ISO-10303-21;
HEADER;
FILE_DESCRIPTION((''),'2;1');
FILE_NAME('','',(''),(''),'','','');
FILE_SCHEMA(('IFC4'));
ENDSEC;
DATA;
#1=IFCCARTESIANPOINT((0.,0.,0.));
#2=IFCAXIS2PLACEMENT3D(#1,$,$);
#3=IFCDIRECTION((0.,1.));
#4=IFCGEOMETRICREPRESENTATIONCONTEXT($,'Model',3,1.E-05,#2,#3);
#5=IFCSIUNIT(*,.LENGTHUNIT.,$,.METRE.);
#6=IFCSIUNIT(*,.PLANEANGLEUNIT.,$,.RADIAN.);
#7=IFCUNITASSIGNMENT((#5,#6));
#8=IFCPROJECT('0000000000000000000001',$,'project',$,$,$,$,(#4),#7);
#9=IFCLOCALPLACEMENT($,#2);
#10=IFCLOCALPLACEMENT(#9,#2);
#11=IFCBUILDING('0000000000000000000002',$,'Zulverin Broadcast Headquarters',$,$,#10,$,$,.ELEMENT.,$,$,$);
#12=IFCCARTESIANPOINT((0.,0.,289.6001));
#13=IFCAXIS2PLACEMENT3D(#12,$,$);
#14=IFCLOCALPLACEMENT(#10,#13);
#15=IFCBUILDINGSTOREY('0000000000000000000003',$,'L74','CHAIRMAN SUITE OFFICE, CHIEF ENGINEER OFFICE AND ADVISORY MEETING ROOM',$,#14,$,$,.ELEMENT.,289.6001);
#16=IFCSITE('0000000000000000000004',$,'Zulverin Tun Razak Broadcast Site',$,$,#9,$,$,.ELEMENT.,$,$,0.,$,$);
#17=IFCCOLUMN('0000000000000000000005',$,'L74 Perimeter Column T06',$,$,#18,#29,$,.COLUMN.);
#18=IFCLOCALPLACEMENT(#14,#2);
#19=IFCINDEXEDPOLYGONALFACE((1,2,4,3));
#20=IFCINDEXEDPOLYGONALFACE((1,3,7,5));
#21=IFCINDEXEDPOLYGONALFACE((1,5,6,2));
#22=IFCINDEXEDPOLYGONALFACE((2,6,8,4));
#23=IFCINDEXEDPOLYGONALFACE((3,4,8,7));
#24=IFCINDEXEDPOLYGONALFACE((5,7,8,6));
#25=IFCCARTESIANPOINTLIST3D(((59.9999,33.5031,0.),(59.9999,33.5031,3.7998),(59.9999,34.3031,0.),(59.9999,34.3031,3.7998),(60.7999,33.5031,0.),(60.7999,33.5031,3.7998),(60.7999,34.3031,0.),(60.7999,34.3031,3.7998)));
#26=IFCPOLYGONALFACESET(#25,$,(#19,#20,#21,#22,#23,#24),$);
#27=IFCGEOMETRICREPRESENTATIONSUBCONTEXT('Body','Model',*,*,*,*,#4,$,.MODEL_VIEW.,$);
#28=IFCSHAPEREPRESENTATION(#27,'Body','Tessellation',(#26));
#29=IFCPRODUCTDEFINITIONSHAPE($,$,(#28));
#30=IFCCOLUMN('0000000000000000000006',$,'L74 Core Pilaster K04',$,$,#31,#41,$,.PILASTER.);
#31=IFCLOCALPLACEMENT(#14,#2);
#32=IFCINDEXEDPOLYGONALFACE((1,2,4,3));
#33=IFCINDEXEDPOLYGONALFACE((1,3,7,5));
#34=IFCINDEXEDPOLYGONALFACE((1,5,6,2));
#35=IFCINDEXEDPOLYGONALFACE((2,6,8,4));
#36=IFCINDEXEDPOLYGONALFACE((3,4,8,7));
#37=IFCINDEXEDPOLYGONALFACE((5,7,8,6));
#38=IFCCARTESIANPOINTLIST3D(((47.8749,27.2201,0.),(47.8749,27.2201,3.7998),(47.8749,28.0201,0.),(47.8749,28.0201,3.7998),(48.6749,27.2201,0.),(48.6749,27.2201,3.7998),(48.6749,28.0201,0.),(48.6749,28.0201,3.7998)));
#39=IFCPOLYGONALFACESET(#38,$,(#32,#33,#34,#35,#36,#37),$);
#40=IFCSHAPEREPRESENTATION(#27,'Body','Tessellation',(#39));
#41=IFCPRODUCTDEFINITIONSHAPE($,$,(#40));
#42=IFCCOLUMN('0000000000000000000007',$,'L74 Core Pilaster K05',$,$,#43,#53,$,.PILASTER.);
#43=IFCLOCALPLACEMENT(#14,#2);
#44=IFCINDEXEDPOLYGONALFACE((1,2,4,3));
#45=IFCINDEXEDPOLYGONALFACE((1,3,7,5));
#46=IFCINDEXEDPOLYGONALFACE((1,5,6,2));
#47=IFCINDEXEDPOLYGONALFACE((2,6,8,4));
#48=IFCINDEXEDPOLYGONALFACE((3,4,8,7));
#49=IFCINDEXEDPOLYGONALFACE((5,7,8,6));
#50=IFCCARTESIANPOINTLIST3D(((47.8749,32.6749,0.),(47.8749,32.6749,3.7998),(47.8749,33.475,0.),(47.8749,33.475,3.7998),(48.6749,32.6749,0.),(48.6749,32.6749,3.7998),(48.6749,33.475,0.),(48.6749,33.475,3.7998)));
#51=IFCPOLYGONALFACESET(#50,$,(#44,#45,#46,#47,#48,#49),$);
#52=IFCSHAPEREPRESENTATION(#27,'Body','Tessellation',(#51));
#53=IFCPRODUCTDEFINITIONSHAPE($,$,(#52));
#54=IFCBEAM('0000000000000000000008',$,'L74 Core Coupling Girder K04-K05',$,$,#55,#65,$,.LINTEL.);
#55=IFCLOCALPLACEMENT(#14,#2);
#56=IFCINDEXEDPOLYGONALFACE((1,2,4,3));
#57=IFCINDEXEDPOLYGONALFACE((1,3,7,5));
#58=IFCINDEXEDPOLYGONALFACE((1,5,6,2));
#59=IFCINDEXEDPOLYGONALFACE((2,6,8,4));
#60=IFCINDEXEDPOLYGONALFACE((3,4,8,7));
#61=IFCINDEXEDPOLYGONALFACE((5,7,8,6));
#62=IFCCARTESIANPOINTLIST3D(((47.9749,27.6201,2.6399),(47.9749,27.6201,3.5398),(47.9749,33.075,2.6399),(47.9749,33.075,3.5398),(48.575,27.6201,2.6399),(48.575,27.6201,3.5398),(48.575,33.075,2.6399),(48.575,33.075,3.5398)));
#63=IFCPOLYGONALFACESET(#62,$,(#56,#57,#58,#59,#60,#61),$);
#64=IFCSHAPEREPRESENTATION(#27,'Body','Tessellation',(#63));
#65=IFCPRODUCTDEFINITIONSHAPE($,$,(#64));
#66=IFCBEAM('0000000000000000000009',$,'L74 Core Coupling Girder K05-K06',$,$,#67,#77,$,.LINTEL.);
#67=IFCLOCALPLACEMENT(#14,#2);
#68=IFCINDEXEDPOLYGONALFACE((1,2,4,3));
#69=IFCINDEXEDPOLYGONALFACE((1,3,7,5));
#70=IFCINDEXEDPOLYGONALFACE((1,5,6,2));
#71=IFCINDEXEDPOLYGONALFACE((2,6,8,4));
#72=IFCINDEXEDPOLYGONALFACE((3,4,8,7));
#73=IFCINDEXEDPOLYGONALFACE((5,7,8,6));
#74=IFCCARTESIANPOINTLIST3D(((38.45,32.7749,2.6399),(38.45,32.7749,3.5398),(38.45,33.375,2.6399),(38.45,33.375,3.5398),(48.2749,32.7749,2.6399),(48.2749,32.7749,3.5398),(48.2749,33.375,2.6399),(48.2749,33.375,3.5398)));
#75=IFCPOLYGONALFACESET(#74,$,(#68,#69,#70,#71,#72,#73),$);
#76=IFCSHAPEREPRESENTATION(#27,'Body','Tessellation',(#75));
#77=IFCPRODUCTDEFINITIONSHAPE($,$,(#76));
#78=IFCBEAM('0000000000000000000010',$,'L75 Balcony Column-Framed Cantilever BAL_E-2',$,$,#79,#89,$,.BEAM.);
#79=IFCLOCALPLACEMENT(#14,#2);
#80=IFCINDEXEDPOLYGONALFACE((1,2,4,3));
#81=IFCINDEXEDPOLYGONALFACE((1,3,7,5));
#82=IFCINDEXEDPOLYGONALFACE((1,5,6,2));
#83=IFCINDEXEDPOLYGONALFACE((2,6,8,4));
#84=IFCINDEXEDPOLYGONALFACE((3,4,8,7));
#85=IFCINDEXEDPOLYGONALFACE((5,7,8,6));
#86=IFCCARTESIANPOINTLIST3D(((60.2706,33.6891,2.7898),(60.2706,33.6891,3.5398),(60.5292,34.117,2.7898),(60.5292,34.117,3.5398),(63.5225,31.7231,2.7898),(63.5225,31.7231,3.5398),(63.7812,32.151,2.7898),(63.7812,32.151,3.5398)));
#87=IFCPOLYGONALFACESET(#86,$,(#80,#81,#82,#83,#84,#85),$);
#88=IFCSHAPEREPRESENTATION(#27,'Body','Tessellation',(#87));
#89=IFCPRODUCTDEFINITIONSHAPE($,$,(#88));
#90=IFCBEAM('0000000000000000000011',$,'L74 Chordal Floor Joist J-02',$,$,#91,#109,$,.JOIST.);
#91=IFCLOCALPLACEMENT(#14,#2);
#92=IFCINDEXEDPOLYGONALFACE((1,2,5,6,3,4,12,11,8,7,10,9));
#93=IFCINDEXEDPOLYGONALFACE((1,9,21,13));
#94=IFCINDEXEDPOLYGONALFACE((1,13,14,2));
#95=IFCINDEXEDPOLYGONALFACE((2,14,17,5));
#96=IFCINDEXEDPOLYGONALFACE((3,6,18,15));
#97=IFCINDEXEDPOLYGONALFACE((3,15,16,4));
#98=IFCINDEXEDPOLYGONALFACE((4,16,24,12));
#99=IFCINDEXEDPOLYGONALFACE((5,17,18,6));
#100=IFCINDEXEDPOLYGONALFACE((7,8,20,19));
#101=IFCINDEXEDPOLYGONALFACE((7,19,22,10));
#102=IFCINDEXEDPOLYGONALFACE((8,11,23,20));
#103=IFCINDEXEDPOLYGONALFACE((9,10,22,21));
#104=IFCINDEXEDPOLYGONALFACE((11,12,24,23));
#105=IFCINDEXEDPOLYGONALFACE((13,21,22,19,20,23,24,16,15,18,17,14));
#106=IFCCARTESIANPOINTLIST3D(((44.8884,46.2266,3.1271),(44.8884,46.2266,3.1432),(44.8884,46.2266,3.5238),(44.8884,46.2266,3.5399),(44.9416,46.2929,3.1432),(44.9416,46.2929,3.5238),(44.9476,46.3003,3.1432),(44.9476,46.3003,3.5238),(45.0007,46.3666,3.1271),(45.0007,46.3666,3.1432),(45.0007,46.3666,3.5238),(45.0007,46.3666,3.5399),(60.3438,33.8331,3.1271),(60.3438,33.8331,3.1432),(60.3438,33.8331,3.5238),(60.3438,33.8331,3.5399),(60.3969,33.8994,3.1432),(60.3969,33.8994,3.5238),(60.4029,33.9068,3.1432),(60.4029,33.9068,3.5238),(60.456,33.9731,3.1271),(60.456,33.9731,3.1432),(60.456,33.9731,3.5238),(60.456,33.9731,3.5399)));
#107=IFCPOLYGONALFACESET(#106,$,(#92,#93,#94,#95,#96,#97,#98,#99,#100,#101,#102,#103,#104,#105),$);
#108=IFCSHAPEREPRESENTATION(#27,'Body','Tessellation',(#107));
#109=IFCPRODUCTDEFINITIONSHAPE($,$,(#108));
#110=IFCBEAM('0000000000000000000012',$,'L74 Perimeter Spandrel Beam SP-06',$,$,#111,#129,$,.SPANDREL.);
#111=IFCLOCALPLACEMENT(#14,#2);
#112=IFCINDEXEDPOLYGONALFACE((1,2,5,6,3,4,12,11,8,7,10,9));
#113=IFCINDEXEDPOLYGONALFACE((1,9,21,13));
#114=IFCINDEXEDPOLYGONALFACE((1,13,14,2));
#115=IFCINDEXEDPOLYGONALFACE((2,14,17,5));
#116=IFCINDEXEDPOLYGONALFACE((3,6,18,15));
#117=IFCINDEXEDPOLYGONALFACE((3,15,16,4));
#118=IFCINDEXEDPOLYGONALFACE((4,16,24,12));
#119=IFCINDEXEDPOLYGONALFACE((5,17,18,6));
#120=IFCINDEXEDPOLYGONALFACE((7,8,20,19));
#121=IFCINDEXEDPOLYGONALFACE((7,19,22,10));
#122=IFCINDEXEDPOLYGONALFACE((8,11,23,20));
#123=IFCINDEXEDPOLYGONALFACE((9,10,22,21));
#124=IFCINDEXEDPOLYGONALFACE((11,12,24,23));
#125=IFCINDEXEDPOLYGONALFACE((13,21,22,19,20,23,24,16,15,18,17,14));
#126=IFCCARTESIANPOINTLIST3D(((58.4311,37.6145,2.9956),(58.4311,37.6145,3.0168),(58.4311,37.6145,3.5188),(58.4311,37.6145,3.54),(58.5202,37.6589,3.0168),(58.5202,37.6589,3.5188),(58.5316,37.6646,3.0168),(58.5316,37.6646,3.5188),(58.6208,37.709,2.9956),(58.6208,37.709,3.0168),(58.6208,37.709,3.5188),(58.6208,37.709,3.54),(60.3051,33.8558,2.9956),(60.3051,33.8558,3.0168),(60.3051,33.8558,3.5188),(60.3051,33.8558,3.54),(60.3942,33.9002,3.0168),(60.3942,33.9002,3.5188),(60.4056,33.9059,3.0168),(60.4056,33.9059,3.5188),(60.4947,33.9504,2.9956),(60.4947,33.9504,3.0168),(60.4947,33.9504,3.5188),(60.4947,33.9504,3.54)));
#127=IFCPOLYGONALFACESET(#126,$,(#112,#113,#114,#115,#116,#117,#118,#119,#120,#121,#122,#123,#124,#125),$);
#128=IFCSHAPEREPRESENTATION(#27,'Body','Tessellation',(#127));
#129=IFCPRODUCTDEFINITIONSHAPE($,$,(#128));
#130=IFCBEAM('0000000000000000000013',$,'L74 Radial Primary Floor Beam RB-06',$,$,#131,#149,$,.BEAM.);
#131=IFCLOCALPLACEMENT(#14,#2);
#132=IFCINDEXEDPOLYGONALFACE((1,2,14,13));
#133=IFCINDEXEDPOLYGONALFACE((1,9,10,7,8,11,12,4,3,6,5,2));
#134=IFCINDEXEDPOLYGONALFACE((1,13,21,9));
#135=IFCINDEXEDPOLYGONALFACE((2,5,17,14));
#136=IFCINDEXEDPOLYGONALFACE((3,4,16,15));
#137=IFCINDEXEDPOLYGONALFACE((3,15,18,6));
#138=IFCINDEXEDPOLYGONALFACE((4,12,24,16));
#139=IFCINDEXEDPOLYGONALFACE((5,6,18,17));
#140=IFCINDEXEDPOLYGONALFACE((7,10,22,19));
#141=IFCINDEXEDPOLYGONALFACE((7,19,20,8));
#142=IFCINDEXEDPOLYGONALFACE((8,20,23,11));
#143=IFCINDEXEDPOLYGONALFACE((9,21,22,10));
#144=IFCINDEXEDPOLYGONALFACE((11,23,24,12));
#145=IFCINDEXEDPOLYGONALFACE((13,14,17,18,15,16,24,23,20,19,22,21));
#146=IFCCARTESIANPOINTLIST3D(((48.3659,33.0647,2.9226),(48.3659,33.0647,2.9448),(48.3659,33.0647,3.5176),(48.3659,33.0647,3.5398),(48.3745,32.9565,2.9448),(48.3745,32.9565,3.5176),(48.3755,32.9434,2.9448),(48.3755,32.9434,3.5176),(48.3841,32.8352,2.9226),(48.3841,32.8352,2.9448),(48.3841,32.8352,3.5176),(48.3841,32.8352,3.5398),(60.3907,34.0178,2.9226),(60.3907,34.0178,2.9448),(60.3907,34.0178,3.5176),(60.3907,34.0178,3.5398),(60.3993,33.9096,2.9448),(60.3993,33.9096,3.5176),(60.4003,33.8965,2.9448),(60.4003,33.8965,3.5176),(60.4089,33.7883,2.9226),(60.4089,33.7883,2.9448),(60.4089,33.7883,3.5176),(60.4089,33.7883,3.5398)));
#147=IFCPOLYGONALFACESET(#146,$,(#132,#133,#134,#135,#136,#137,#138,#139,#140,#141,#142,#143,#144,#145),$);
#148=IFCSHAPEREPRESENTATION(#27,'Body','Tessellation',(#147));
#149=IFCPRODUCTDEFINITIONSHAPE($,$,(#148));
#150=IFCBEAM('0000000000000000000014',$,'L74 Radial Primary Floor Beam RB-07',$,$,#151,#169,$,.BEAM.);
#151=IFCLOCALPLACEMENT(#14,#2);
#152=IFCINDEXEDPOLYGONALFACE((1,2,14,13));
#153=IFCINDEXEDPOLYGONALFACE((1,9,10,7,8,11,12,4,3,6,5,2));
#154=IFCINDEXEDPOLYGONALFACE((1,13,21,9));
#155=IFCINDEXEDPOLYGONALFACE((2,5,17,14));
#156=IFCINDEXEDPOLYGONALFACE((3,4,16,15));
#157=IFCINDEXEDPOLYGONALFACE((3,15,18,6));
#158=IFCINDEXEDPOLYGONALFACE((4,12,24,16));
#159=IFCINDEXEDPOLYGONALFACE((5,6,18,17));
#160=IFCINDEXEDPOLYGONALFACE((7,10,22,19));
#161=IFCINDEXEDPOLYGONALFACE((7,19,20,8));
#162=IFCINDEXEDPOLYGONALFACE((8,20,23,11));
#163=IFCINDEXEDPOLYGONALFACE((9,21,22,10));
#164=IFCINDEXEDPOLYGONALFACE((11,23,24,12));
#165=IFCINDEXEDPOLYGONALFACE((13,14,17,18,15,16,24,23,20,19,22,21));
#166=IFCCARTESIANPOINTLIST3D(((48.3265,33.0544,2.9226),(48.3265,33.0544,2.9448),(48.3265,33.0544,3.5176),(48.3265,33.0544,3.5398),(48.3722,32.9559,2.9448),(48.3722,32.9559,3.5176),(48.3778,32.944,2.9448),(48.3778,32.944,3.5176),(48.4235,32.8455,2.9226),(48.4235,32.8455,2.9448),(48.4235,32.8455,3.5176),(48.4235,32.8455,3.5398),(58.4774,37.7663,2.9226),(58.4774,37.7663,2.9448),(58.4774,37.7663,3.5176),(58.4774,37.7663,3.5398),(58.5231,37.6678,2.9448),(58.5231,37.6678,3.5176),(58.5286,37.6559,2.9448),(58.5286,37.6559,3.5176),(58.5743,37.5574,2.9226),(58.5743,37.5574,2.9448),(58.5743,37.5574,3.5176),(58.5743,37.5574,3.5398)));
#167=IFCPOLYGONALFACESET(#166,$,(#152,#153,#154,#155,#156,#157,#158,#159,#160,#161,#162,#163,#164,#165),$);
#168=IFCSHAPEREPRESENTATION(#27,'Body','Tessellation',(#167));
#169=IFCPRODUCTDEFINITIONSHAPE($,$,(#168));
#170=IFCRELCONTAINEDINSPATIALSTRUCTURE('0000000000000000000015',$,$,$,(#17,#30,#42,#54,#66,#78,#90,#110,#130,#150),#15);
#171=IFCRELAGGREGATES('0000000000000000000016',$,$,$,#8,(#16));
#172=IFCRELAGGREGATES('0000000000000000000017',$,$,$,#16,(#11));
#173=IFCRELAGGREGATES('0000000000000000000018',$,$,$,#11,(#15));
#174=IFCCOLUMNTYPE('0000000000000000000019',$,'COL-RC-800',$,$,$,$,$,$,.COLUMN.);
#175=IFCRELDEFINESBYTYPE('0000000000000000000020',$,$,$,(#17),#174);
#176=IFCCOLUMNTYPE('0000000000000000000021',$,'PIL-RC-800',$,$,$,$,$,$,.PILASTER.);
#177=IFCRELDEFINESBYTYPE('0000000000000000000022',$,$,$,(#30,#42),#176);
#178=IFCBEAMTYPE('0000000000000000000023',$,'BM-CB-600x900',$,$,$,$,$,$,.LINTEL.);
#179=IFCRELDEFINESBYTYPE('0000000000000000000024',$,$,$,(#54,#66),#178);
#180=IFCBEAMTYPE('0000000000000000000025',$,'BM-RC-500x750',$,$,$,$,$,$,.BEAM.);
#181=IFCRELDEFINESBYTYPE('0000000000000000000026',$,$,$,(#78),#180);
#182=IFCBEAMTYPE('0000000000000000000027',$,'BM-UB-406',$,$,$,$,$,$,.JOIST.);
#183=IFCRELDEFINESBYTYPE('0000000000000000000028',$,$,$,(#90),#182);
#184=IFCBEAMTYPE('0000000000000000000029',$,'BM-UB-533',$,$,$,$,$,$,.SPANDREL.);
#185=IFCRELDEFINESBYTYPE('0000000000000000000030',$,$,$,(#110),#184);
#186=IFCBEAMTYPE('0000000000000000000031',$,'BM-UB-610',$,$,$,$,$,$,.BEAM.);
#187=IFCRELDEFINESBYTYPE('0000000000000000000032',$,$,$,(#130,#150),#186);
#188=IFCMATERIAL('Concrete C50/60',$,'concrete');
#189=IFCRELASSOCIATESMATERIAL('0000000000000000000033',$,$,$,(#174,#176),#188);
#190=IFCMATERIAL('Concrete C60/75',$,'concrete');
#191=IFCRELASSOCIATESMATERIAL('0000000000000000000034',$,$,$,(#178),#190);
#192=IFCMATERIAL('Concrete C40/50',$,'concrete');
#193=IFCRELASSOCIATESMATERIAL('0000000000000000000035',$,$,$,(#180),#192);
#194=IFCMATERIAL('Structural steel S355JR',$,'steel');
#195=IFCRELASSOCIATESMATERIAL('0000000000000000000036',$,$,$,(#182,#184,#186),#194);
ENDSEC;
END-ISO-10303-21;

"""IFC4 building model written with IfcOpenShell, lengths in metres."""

from ifc_helpers import new_model, si_unit, direction, frame, origin, origin_2d, place, context, subcontext, project, spatial, rectangle, i_section, extrude, material, material_profile, profile_set, type_object, element, save


model = new_model("IFC4")

# Units and contexts
model_context = context("Model", 3, precision=1e-05, world=origin(), true_north=direction((0.0, 1.0)))
body_context = subcontext(model_context, "Body", "Model", "MODEL_VIEW")
ifc_project = project(units=[si_unit("LENGTHUNIT", "METRE"), si_unit("PLANEANGLEUNIT", "RADIAN")], contexts=[model_context])

# Site, building, storey
site_placement = place(None, origin())
site = spatial("IfcSite", under=ifc_project, at=site_placement, Name="Zulverin Tun Razak Broadcast Site", CompositionType="ELEMENT", RefElevation=0.0)
building_placement = place(site_placement, origin())
building = spatial("IfcBuilding", under=site, at=building_placement, Name="Zulverin Broadcast Headquarters", CompositionType="ELEMENT")
storey_placement = place(building_placement, frame((0.0, 0.0, 289.6001)))
storey = spatial("IfcBuildingStorey", under=building, at=storey_placement, Name="L74", Description="CHAIRMAN SUITE OFFICE, CHIEF ENGINEER OFFICE AND ADVISORY MEETING ROOM", CompositionType="ELEMENT", Elevation=289.6001)

# Columns
ifc_material_1 = material(Name="Concrete C50/60", Category="concrete")
ifc_material_profile_1 = material_profile(ifc_material_1, rectangle(XDim=0.8, YDim=0.8, at=origin_2d()), Name="Concrete C50/60", Category="concrete")
ifc_profile_set_1 = profile_set([ifc_material_profile_1], Name="Concrete C50/60")
column_type_1 = type_object("IfcColumnType", Name="COL-RC-800", PredefinedType="COLUMN", material=ifc_profile_set_1)
column_placement = place(storey_placement, frame((60.3999, 33.9031, 0.0), z_axis=(0.0, 0.0, 1.0), x_axis=(1.0, 0.0, 0.0)))
element("IfcColumn", 1, at=column_placement, inside=storey, type_object=column_type_1, Name="L74 Perimeter Column T06", PredefinedType="COLUMN", context=body_context, shape_type="SweptSolid", body=[
    extrude(rectangle(XDim=0.8, YDim=0.8, at=origin_2d()), origin(), (0.0, 0.0, 1.0), 3.7998),
])
ifc_material_profile_2 = material_profile(ifc_material_1, rectangle(XDim=0.8, YDim=0.8, at=origin_2d()), Name="Concrete C50/60", Category="concrete")
ifc_profile_set_2 = profile_set([ifc_material_profile_2], Name="Concrete C50/60")
column_type_2 = type_object("IfcColumnType", Name="PIL-RC-800", PredefinedType="PILASTER", material=ifc_profile_set_2)
for number, where, z_axis, x_axis, name in (
    (2, (48.2749, 27.6201, 0.0), (0.0, 0.0, 1.0), (1.0, 0.0, 0.0), "L74 Core Pilaster K04"),
    (3, (48.2749, 33.075, 0.0), (0.0, 0.0, 1.0), (1.0, 0.0, 0.0), "L74 Core Pilaster K05"),
):
    element("IfcColumn", number, at=place(storey_placement, frame(where, z_axis=z_axis, x_axis=x_axis)), inside=storey, type_object=column_type_2, Name=name, PredefinedType="PILASTER", context=body_context, shape_type="SweptSolid", body=[
        extrude(rectangle(XDim=0.8, YDim=0.8, at=origin_2d()), origin(), (0.0, 0.0, 1.0), 3.7998),
    ])

# Beams
ifc_material_2 = material(Name="Concrete C60/75", Category="concrete")
ifc_material_profile_3 = material_profile(ifc_material_2, rectangle(XDim=0.6001, YDim=0.8999, at=origin_2d()), Name="Concrete C60/75", Category="concrete")
ifc_profile_set_3 = profile_set([ifc_material_profile_3], Name="Concrete C60/75")
beam_type_1 = type_object("IfcBeamType", Name="BM-CB-600x900", PredefinedType="LINTEL", material=ifc_profile_set_3)
beam_1_placement = place(storey_placement, frame((48.2749, 27.6201, 3.0898), z_axis=(0.0, 1.0, 0.0), x_axis=(-1.0, 0.0, 0.0)))
element("IfcBeam", 4, at=beam_1_placement, inside=storey, type_object=beam_type_1, Name="L74 Core Coupling Girder K04-K05", PredefinedType="LINTEL", context=body_context, shape_type="SweptSolid", body=[
    extrude(rectangle(XDim=0.6001, YDim=0.8999, at=origin_2d()), origin(), (0.0, 0.0, 1.0), 5.4548),
])
beam_2_placement = place(storey_placement, frame((48.2749, 33.075, 3.0898), z_axis=(-1.0, 0.0, 0.0), x_axis=(0.0, -1.0, 0.0)))
element("IfcBeam", 5, at=beam_2_placement, inside=storey, type_object=beam_type_1, Name="L74 Core Coupling Girder K05-K06", PredefinedType="LINTEL", context=body_context, shape_type="SweptSolid", body=[
    extrude(rectangle(XDim=0.6001, YDim=0.8999, at=origin_2d()), origin(), (0.0, 0.0, 1.0), 9.825),
])
ifc_material_3 = material(Name="Concrete C40/50", Category="concrete")
ifc_material_profile_4 = material_profile(ifc_material_3, rectangle(XDim=0.5, YDim=0.75, at=origin_2d()), Name="Concrete C40/50", Category="concrete")
ifc_profile_set_4 = profile_set([ifc_material_profile_4], Name="Concrete C40/50")
beam_type_2 = type_object("IfcBeamType", Name="BM-RC-500x750", PredefinedType="BEAM", material=ifc_profile_set_4)
beam_3_placement = place(storey_placement, frame((60.3999, 33.9031, 3.1648), z_axis=(0.855759, -0.517374, 0.0), x_axis=(0.517374, 0.855759, 0.0)))
element("IfcBeam", 6, at=beam_3_placement, inside=storey, type_object=beam_type_2, Name="L75 Balcony Column-Framed Cantilever BAL_E-2", PredefinedType="BEAM", context=body_context, shape_type="SweptSolid", body=[
    extrude(rectangle(XDim=0.5, YDim=0.75, at=origin_2d()), origin(), (0.0, 0.0, 1.0), 3.8),
])
ifc_material_4 = material(Name="Structural steel S355JR", Category="steel")
ifc_material_profile_5 = material_profile(ifc_material_4, i_section(OverallWidth=0.1794, OverallDepth=0.4128, WebThickness=0.0095, FlangeThickness=0.0161, at=origin_2d()), Name="Structural steel S355JR", Category="steel")
ifc_profile_set_5 = profile_set([ifc_material_profile_5], Name="Structural steel S355JR")
beam_type_3 = type_object("IfcBeamType", Name="BM-UB-406", PredefinedType="JOIST", material=ifc_profile_set_5)
beam_4_placement = place(storey_placement, frame((60.3999, 33.9031, 3.3335), z_axis=(-0.780147, 0.625596, 0.0), x_axis=(-0.625596, -0.780147, 0.0)))
element("IfcBeam", 7, at=beam_4_placement, inside=storey, type_object=beam_type_3, Name="L74 Chordal Floor Joist J-02", PredefinedType="JOIST", context=body_context, shape_type="SweptSolid", body=[
    extrude(i_section(OverallWidth=0.1794, OverallDepth=0.4128, WebThickness=0.0095, FlangeThickness=0.0161, at=origin_2d()), origin(), (0.0, 0.0, 1.0), 19.8108),
])
ifc_material_profile_6 = material_profile(ifc_material_4, i_section(OverallWidth=0.2119, OverallDepth=0.5444, WebThickness=0.0127, FlangeThickness=0.0212, at=origin_2d()), Name="Structural steel S355JR", Category="steel")
ifc_profile_set_6 = profile_set([ifc_material_profile_6], Name="Structural steel S355JR")
beam_type_4 = type_object("IfcBeamType", Name="BM-UB-533", PredefinedType="SPANDREL", material=ifc_profile_set_6)
beam_5_placement = place(storey_placement, frame((60.3999, 33.9031, 3.2678), z_axis=(-0.44619, 0.894938, 0.0), x_axis=(-0.894938, -0.44619, 0.0)))
element("IfcBeam", 8, at=beam_5_placement, inside=storey, type_object=beam_type_4, Name="L74 Perimeter Spandrel Beam SP-06", PredefinedType="SPANDREL", context=body_context, shape_type="SweptSolid", body=[
    extrude(i_section(OverallWidth=0.2119, OverallDepth=0.5444, WebThickness=0.0127, FlangeThickness=0.0212, at=origin_2d()), origin(), (0.0, 0.0, 1.0), 4.2),
])
ifc_material_profile_7 = material_profile(ifc_material_4, i_section(OverallWidth=0.2302, OverallDepth=0.6172, WebThickness=0.0132, FlangeThickness=0.0222, at=origin_2d()), Name="Structural steel S355JR", Category="steel")
ifc_profile_set_7 = profile_set([ifc_material_profile_7], Name="Structural steel S355JR")
beam_type_5 = type_object("IfcBeamType", Name="BM-UB-610", PredefinedType="BEAM", material=ifc_profile_set_7)
beam_6_placement = place(storey_placement, frame((48.375, 32.95, 3.2312), z_axis=(0.996873, 0.079015, 0.0), x_axis=(-0.079015, 0.996873, 0.0)))
element("IfcBeam", 9, at=beam_6_placement, inside=storey, type_object=beam_type_5, Name="L74 Radial Primary Floor Beam RB-06", PredefinedType="BEAM", context=body_context, shape_type="SweptSolid", body=[
    extrude(i_section(OverallWidth=0.2302, OverallDepth=0.6172, WebThickness=0.0132, FlangeThickness=0.0222, at=origin_2d()), origin(), (0.0, 0.0, 1.0), 12.0625),
])
beam_7_placement = place(storey_placement, frame((48.375, 32.95, 3.2312), z_axis=(0.907043, 0.421038, 0.0), x_axis=(-0.421038, 0.907043, 0.0)))
element("IfcBeam", 10, at=beam_7_placement, inside=storey, type_object=beam_type_5, Name="L74 Radial Primary Floor Beam RB-07", PredefinedType="BEAM", context=body_context, shape_type="SweptSolid", body=[
    extrude(i_section(OverallWidth=0.2302, OverallDepth=0.6172, WebThickness=0.0132, FlangeThickness=0.0222, at=origin_2d()), origin(), (0.0, 0.0, 1.0), 11.1912),
])

save(model, "model.ifc")
